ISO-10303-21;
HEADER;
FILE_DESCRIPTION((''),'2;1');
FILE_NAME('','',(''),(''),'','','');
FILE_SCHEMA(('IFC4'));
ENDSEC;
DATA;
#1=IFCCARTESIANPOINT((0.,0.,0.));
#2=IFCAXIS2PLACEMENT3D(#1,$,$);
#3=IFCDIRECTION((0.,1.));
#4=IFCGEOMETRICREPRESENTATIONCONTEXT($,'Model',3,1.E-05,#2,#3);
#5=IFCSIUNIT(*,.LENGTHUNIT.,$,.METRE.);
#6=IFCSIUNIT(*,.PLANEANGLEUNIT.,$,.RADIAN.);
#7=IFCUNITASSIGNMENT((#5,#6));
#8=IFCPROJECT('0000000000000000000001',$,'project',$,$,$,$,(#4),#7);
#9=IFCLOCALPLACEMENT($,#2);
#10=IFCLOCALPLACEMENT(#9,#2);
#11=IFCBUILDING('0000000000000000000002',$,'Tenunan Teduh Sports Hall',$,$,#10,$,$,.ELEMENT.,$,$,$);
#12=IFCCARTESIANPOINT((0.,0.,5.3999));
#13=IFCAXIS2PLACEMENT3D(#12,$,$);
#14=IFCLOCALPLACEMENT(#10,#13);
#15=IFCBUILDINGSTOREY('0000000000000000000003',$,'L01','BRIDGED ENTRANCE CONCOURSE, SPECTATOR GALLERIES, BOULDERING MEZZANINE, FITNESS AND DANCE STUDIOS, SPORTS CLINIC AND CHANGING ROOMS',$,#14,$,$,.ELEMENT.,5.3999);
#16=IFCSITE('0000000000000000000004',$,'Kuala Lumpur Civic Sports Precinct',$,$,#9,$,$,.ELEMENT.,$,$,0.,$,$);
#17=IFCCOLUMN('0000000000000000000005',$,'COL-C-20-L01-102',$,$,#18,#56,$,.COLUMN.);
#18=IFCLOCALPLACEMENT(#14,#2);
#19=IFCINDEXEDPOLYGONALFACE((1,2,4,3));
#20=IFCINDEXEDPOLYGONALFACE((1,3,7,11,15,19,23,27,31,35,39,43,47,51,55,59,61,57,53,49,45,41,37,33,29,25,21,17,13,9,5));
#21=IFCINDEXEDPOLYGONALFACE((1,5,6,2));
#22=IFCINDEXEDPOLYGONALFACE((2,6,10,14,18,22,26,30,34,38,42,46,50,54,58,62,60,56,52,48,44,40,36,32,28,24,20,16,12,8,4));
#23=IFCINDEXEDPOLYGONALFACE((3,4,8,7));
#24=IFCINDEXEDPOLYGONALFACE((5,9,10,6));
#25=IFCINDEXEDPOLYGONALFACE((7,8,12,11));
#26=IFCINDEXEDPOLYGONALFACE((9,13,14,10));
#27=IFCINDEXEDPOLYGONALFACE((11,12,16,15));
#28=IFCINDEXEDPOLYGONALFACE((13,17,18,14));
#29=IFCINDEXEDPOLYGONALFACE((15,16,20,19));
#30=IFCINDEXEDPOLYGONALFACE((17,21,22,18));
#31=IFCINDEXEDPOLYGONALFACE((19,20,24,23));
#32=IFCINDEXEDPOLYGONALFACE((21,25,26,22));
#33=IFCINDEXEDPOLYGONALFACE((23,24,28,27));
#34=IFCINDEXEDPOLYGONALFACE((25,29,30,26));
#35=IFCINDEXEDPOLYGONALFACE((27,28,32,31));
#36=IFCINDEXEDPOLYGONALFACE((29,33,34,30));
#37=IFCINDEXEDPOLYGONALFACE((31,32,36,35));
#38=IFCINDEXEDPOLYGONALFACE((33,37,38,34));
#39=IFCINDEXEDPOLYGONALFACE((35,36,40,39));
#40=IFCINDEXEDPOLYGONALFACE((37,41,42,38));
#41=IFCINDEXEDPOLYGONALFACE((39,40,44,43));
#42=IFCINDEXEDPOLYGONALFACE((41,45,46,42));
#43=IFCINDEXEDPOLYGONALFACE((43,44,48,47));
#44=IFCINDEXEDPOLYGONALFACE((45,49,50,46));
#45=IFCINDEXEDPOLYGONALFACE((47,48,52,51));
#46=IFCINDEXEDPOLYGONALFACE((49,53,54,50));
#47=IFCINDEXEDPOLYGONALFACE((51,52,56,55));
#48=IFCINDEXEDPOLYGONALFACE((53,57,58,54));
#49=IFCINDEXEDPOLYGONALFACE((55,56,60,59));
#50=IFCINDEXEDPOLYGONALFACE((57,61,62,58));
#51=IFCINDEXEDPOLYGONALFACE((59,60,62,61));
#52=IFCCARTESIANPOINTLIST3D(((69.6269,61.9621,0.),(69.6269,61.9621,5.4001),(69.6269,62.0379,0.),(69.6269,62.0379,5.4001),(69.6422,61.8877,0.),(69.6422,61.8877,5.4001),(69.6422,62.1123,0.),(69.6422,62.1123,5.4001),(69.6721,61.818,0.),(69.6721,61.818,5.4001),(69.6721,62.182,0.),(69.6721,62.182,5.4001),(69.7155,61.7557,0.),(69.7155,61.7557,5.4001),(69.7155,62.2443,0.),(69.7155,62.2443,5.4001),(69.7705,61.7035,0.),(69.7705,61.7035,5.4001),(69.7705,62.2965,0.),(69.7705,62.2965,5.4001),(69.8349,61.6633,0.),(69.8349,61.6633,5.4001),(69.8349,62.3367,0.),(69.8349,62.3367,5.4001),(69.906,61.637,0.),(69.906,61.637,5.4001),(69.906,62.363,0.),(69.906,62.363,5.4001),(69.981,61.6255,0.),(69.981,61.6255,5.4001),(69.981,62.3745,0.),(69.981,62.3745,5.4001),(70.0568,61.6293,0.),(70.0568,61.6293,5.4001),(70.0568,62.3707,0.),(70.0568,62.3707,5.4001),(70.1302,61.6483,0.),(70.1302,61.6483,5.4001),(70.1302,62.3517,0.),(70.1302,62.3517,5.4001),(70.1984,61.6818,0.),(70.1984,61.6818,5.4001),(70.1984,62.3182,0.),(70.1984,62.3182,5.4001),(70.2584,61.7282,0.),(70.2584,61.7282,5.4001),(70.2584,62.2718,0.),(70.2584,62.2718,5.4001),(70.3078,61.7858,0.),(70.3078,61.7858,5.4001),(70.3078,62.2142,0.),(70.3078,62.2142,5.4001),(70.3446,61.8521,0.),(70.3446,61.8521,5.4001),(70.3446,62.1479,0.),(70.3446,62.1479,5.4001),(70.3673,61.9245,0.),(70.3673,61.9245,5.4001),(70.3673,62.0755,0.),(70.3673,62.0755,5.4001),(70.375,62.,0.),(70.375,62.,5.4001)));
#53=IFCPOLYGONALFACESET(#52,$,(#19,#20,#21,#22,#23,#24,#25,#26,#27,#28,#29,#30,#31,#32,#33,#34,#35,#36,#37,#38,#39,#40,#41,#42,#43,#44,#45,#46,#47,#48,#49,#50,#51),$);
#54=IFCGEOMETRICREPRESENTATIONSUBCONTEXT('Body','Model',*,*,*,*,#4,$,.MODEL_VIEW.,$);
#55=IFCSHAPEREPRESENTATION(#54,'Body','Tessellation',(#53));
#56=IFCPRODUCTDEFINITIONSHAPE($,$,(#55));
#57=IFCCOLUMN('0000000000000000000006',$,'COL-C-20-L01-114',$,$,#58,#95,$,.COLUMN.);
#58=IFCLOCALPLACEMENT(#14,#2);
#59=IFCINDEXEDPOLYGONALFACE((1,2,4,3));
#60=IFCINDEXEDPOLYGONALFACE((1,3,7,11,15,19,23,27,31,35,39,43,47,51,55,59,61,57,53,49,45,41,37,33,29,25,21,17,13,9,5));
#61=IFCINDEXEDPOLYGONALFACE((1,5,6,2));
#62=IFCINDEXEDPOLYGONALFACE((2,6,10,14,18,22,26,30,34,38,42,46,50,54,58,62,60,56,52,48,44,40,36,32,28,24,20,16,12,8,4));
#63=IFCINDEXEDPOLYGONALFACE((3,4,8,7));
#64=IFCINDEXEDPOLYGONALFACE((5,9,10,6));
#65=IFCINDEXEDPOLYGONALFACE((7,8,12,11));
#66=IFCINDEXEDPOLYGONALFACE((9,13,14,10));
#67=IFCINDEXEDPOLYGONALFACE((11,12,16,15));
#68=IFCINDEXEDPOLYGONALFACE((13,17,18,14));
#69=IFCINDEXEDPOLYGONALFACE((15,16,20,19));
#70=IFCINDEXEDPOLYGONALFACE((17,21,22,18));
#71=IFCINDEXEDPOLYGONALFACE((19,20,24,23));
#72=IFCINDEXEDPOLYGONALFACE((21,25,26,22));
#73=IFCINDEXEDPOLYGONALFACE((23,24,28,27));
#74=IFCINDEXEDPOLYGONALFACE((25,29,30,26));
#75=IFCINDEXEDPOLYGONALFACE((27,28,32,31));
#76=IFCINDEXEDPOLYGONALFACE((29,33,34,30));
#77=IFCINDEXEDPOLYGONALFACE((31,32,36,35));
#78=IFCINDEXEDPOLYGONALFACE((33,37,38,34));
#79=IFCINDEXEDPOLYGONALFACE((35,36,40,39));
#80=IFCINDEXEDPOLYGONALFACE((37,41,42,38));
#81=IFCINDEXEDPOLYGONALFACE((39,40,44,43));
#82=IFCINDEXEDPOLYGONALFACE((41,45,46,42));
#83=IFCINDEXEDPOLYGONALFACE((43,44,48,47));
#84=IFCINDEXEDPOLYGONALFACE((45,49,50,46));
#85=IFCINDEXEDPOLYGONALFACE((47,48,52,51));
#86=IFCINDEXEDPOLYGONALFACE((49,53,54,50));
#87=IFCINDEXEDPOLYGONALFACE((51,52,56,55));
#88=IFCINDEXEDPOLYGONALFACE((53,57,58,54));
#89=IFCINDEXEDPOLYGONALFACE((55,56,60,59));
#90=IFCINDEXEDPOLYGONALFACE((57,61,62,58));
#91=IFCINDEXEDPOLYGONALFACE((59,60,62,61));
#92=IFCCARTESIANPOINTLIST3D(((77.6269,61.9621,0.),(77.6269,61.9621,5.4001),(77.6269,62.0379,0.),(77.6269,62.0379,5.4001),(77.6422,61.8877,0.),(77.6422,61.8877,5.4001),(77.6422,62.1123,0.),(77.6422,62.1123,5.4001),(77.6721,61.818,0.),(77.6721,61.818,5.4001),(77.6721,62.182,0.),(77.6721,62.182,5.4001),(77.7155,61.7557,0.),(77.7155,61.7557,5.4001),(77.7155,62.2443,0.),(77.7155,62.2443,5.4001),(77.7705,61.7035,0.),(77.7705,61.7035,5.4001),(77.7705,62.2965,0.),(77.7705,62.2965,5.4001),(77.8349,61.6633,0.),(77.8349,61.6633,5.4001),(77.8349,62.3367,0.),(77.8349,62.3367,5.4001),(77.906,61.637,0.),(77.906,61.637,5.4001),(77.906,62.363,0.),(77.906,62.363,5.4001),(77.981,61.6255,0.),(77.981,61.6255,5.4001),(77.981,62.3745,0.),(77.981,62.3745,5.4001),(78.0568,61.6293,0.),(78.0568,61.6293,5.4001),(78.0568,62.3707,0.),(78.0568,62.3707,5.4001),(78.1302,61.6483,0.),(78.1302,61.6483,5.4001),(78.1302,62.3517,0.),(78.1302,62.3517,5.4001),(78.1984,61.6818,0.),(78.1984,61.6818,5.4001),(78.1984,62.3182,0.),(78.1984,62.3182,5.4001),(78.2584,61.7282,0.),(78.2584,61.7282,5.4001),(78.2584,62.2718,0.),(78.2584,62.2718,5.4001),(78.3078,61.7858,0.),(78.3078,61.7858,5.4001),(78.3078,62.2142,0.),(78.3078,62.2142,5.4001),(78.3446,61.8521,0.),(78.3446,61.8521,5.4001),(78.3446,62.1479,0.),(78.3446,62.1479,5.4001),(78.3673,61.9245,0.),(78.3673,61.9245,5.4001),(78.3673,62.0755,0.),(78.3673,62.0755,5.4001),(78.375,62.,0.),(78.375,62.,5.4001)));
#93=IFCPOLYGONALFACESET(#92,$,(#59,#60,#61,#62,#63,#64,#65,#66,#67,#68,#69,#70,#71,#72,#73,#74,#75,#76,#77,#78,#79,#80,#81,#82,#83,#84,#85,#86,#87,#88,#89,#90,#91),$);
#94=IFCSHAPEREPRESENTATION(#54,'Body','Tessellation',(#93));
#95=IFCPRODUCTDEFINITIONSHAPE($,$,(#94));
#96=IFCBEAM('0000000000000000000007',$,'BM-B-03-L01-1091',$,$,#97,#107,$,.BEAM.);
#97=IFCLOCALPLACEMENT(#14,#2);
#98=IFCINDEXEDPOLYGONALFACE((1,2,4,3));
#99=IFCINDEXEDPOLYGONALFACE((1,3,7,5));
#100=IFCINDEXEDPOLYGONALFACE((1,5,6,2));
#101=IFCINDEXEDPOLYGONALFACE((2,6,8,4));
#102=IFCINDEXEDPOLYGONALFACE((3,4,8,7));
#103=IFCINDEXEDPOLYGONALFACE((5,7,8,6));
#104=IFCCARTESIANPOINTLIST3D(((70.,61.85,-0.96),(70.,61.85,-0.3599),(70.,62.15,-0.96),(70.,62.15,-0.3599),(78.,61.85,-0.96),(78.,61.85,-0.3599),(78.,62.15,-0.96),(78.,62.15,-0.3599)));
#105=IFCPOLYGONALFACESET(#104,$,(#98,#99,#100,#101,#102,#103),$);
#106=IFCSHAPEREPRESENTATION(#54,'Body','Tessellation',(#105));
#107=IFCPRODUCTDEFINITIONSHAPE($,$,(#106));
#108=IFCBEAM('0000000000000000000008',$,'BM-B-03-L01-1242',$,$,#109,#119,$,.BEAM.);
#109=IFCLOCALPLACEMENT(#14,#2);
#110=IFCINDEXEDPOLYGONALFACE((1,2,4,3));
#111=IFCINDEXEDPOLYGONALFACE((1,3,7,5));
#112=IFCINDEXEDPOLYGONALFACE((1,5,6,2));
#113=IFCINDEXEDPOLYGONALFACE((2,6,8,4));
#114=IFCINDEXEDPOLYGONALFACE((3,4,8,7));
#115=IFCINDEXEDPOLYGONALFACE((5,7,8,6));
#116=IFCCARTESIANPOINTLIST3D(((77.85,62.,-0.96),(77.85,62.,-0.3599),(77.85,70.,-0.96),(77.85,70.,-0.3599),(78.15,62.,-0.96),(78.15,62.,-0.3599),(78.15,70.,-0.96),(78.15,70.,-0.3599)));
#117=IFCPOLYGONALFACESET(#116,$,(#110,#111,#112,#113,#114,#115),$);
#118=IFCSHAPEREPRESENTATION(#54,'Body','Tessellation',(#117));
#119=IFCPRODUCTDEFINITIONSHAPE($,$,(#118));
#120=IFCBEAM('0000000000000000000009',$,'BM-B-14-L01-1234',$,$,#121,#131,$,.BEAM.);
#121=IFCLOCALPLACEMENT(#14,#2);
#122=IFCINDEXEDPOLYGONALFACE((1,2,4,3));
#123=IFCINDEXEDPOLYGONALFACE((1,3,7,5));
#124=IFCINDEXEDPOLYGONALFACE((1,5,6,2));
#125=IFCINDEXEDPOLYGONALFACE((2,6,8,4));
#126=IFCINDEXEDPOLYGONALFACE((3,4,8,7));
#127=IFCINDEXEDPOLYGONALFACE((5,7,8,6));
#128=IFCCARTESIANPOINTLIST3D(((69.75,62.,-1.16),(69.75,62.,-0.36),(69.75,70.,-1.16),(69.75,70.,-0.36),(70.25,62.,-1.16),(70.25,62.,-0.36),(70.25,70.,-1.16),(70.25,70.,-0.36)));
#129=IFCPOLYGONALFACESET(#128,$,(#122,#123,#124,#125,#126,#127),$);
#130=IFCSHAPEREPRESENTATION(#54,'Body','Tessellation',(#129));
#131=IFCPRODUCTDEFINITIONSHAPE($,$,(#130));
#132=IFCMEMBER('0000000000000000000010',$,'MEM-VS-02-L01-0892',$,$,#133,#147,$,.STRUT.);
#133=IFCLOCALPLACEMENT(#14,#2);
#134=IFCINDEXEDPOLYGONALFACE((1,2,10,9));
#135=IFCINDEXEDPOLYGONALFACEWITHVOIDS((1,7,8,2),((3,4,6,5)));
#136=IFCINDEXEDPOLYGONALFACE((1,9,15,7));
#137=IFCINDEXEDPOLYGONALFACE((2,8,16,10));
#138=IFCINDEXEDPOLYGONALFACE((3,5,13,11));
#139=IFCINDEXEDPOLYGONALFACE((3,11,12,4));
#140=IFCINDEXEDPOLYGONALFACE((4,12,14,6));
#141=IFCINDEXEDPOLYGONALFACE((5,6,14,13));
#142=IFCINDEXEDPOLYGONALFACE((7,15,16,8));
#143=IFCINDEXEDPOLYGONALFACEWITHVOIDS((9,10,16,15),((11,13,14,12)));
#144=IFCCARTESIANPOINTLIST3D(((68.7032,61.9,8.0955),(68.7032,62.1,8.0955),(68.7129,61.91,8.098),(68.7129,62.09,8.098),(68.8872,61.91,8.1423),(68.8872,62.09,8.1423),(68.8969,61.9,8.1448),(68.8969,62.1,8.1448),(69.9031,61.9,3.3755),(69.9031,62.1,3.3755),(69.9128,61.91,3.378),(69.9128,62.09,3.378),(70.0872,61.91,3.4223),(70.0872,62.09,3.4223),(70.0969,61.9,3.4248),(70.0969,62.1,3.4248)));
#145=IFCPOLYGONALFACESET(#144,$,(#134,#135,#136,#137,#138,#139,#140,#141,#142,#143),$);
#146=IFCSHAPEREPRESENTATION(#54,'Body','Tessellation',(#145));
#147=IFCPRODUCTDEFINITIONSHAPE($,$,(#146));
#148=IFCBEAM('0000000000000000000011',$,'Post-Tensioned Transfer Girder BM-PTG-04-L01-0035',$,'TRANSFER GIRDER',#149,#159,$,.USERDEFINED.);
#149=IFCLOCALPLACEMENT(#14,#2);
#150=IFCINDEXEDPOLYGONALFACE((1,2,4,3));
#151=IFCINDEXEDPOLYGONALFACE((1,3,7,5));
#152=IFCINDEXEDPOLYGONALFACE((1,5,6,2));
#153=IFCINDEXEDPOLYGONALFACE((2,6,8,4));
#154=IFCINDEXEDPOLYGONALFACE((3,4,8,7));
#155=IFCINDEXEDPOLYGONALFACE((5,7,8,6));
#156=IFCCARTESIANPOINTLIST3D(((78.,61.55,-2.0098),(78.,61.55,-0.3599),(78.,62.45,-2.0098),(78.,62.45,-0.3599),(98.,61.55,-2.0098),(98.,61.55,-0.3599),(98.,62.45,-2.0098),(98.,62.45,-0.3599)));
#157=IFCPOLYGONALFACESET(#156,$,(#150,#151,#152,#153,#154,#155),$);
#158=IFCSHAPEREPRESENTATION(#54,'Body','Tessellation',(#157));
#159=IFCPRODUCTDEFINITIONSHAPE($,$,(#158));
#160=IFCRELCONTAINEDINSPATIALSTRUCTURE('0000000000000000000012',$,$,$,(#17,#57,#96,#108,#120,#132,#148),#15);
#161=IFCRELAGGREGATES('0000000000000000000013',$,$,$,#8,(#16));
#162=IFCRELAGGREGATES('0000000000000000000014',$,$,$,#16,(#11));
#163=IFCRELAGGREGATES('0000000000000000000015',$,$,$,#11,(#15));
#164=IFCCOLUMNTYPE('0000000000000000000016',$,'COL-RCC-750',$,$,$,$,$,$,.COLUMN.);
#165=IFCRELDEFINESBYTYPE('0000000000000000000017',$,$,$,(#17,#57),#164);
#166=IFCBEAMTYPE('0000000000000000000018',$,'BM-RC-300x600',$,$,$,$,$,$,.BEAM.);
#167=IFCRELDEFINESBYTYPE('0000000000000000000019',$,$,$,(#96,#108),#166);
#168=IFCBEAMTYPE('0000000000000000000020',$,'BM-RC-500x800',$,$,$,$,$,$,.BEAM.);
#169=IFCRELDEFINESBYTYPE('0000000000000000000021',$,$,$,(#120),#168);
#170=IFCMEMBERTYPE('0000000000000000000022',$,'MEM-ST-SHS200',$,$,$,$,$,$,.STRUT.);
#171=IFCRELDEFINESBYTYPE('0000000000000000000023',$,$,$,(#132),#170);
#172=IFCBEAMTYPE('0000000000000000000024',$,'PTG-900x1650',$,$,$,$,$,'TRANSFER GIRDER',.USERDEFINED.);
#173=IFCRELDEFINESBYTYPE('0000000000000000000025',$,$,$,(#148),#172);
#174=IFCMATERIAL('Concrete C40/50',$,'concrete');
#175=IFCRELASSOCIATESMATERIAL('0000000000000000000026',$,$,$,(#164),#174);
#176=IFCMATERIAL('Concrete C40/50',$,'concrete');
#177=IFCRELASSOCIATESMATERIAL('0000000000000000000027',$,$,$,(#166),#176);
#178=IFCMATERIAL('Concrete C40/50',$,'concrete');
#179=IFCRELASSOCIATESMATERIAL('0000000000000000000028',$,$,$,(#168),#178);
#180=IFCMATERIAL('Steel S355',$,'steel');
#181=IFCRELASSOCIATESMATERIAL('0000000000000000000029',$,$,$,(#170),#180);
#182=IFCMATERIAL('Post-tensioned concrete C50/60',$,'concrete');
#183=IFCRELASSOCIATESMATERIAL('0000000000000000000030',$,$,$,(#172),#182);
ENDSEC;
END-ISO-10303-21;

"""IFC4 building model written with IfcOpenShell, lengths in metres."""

from ifc_helpers import new_model, si_unit, direction, frame, origin, origin_2d, place, context, subcontext, project, spatial, rectangle, hollow_rectangle, circle, extrude, material, material_profile, profile_set, type_object, element, save


model = new_model("IFC4")

# Units and contexts
model_context = context("Model", 3, precision=1e-05, world=origin(), true_north=direction((0.0, 1.0)))
body_context = subcontext(model_context, "Body", "Model", "MODEL_VIEW")
ifc_project = project(units=[si_unit("LENGTHUNIT", "METRE"), si_unit("PLANEANGLEUNIT", "RADIAN")], contexts=[model_context])

# Site, building, storey
site_placement = place(None, origin())
site = spatial("IfcSite", under=ifc_project, at=site_placement, Name="Kuala Lumpur Civic Sports Precinct", CompositionType="ELEMENT", RefElevation=0.0)
building_placement = place(site_placement, origin())
building = spatial("IfcBuilding", under=site, at=building_placement, Name="Tenunan Teduh Sports Hall", CompositionType="ELEMENT")
storey_placement = place(building_placement, frame((0.0, 0.0, 5.3999)))
storey = spatial("IfcBuildingStorey", under=building, at=storey_placement, Name="L01", Description="BRIDGED ENTRANCE CONCOURSE, SPECTATOR GALLERIES, BOULDERING MEZZANINE, FITNESS AND DANCE STUDIOS, SPORTS CLINIC AND CHANGING ROOMS", CompositionType="ELEMENT", Elevation=5.3999)

# Columns
ifc_material_1 = material(Name="Concrete C40/50", Category="concrete")
ifc_material_profile_1 = material_profile(ifc_material_1, circle(Radius=0.375, at=origin_2d()), Name="RCC D750")
ifc_profile_set_1 = profile_set([ifc_material_profile_1], Name="Concrete C40/50")
column_type = type_object("IfcColumnType", Name="COL-RCC-750", PredefinedType="COLUMN", material=ifc_profile_set_1)
for number, where, z_axis, x_axis, name in (
    (1, (70.0, 62.0, 0.0), (0.0, 0.0, 1.0), (1.0, 0.0, 0.0), "COL-C-20-L01-102"),
    (2, (78.0, 62.0, 0.0), (0.0, 0.0, 1.0), (1.0, 0.0, 0.0), "COL-C-20-L01-114"),
):
    element("IfcColumn", number, at=place(storey_placement, frame(where, z_axis=z_axis, x_axis=x_axis)), inside=storey, type_object=column_type, Name=name, PredefinedType="COLUMN", context=body_context, shape_type="SweptSolid", body=[
        extrude(circle(Radius=0.375, at=origin_2d()), origin(), (0.0, 0.0, 1.0), 5.4001),
    ])

# Beams
ifc_material_2 = material(Name="Concrete C40/50", Category="concrete")
ifc_material_profile_2 = material_profile(ifc_material_2, rectangle(XDim=0.3, YDim=0.6001, at=origin_2d()), Name="RCB 300x600")
ifc_profile_set_2 = profile_set([ifc_material_profile_2], Name="Concrete C40/50")
beam_type_1 = type_object("IfcBeamType", Name="BM-RC-300x600", PredefinedType="BEAM", material=ifc_profile_set_2)
for number, where, z_axis, x_axis, name in (
    (3, (70.0, 62.0, -0.6599), (1.0, 0.0, 0.0), (0.0, 1.0, 0.0), "BM-B-03-L01-1091"),
    (4, (78.0, 62.0, -0.6599), (0.0, 1.0, 0.0), (-1.0, 0.0, 0.0), "BM-B-03-L01-1242"),
):
    element("IfcBeam", number, at=place(storey_placement, frame(where, z_axis=z_axis, x_axis=x_axis)), inside=storey, type_object=beam_type_1, Name=name, PredefinedType="BEAM", context=body_context, shape_type="SweptSolid", body=[
        extrude(rectangle(XDim=0.3, YDim=0.6001, at=origin_2d()), origin(), (0.0, 0.0, 1.0), 8.0),
    ])
ifc_material_3 = material(Name="Concrete C40/50", Category="concrete")
ifc_material_profile_3 = material_profile(ifc_material_3, rectangle(XDim=0.5, YDim=0.8, at=origin_2d()), Name="RCB 500x800")
ifc_profile_set_3 = profile_set([ifc_material_profile_3], Name="Concrete C40/50")
beam_type_2 = type_object("IfcBeamType", Name="BM-RC-500x800", PredefinedType="BEAM", material=ifc_profile_set_3)
beam_1_placement = place(storey_placement, frame((70.0, 62.0, -0.76), z_axis=(0.0, 1.0, 0.0), x_axis=(-1.0, 0.0, 0.0)))
element("IfcBeam", 5, at=beam_1_placement, inside=storey, type_object=beam_type_2, Name="BM-B-14-L01-1234", PredefinedType="BEAM", context=body_context, shape_type="SweptSolid", body=[
    extrude(rectangle(XDim=0.5, YDim=0.8, at=origin_2d()), origin(), (0.0, 0.0, 1.0), 8.0),
])

# Member
ifc_material_4 = material(Name="Steel S355", Category="steel")
ifc_material_profile_4 = material_profile(ifc_material_4, hollow_rectangle(XDim=0.2, YDim=0.2, WallThickness=0.01, at=origin_2d()), Name="SHS 200x200x10.0")
ifc_profile_set_4 = profile_set([ifc_material_profile_4], Name="Steel S355")
member_type = type_object("IfcMemberType", Name="MEM-ST-SHS200", PredefinedType="STRUT", material=ifc_profile_set_4)
member_placement = place(storey_placement, frame((70.0, 62.0, 3.4001), z_axis=(-0.246391, 0.0, 0.969171), x_axis=(0.0, -1.0, 0.0)))
element("IfcMember", 6, at=member_placement, inside=storey, type_object=member_type, Name="MEM-VS-02-L01-0892", PredefinedType="STRUT", context=body_context, shape_type="SweptSolid", body=[
    extrude(hollow_rectangle(XDim=0.2, YDim=0.2, WallThickness=0.01, at=origin_2d()), origin(), (0.0, 0.0, 1.0), 4.8701),
])

# Beam
ifc_material_5 = material(Name="Post-tensioned concrete C50/60", Category="concrete")
ifc_material_profile_5 = material_profile(ifc_material_5, rectangle(XDim=0.8999, YDim=1.6499, at=origin_2d()), Name="PTG 900x1650")
ifc_profile_set_5 = profile_set([ifc_material_profile_5], Name="Post-tensioned concrete C50/60")
beam_type_3 = type_object("IfcBeamType", Name="PTG-900x1650", ElementType="TRANSFER GIRDER", PredefinedType="USERDEFINED", material=ifc_profile_set_5)
beam_2_placement = place(storey_placement, frame((78.0, 62.0, -1.1848), z_axis=(1.0, 0.0, 0.0), x_axis=(0.0, 1.0, 0.0)))
element("IfcBeam", 7, at=beam_2_placement, inside=storey, type_object=beam_type_3, Name="Post-Tensioned Transfer Girder BM-PTG-04-L01-0035", ObjectType="TRANSFER GIRDER", PredefinedType="USERDEFINED", context=body_context, shape_type="SweptSolid", body=[
    extrude(rectangle(XDim=0.8999, YDim=1.6499, at=origin_2d()), origin(), (0.0, 0.0, 1.0), 20.0),
])

save(model, "model.ifc")
